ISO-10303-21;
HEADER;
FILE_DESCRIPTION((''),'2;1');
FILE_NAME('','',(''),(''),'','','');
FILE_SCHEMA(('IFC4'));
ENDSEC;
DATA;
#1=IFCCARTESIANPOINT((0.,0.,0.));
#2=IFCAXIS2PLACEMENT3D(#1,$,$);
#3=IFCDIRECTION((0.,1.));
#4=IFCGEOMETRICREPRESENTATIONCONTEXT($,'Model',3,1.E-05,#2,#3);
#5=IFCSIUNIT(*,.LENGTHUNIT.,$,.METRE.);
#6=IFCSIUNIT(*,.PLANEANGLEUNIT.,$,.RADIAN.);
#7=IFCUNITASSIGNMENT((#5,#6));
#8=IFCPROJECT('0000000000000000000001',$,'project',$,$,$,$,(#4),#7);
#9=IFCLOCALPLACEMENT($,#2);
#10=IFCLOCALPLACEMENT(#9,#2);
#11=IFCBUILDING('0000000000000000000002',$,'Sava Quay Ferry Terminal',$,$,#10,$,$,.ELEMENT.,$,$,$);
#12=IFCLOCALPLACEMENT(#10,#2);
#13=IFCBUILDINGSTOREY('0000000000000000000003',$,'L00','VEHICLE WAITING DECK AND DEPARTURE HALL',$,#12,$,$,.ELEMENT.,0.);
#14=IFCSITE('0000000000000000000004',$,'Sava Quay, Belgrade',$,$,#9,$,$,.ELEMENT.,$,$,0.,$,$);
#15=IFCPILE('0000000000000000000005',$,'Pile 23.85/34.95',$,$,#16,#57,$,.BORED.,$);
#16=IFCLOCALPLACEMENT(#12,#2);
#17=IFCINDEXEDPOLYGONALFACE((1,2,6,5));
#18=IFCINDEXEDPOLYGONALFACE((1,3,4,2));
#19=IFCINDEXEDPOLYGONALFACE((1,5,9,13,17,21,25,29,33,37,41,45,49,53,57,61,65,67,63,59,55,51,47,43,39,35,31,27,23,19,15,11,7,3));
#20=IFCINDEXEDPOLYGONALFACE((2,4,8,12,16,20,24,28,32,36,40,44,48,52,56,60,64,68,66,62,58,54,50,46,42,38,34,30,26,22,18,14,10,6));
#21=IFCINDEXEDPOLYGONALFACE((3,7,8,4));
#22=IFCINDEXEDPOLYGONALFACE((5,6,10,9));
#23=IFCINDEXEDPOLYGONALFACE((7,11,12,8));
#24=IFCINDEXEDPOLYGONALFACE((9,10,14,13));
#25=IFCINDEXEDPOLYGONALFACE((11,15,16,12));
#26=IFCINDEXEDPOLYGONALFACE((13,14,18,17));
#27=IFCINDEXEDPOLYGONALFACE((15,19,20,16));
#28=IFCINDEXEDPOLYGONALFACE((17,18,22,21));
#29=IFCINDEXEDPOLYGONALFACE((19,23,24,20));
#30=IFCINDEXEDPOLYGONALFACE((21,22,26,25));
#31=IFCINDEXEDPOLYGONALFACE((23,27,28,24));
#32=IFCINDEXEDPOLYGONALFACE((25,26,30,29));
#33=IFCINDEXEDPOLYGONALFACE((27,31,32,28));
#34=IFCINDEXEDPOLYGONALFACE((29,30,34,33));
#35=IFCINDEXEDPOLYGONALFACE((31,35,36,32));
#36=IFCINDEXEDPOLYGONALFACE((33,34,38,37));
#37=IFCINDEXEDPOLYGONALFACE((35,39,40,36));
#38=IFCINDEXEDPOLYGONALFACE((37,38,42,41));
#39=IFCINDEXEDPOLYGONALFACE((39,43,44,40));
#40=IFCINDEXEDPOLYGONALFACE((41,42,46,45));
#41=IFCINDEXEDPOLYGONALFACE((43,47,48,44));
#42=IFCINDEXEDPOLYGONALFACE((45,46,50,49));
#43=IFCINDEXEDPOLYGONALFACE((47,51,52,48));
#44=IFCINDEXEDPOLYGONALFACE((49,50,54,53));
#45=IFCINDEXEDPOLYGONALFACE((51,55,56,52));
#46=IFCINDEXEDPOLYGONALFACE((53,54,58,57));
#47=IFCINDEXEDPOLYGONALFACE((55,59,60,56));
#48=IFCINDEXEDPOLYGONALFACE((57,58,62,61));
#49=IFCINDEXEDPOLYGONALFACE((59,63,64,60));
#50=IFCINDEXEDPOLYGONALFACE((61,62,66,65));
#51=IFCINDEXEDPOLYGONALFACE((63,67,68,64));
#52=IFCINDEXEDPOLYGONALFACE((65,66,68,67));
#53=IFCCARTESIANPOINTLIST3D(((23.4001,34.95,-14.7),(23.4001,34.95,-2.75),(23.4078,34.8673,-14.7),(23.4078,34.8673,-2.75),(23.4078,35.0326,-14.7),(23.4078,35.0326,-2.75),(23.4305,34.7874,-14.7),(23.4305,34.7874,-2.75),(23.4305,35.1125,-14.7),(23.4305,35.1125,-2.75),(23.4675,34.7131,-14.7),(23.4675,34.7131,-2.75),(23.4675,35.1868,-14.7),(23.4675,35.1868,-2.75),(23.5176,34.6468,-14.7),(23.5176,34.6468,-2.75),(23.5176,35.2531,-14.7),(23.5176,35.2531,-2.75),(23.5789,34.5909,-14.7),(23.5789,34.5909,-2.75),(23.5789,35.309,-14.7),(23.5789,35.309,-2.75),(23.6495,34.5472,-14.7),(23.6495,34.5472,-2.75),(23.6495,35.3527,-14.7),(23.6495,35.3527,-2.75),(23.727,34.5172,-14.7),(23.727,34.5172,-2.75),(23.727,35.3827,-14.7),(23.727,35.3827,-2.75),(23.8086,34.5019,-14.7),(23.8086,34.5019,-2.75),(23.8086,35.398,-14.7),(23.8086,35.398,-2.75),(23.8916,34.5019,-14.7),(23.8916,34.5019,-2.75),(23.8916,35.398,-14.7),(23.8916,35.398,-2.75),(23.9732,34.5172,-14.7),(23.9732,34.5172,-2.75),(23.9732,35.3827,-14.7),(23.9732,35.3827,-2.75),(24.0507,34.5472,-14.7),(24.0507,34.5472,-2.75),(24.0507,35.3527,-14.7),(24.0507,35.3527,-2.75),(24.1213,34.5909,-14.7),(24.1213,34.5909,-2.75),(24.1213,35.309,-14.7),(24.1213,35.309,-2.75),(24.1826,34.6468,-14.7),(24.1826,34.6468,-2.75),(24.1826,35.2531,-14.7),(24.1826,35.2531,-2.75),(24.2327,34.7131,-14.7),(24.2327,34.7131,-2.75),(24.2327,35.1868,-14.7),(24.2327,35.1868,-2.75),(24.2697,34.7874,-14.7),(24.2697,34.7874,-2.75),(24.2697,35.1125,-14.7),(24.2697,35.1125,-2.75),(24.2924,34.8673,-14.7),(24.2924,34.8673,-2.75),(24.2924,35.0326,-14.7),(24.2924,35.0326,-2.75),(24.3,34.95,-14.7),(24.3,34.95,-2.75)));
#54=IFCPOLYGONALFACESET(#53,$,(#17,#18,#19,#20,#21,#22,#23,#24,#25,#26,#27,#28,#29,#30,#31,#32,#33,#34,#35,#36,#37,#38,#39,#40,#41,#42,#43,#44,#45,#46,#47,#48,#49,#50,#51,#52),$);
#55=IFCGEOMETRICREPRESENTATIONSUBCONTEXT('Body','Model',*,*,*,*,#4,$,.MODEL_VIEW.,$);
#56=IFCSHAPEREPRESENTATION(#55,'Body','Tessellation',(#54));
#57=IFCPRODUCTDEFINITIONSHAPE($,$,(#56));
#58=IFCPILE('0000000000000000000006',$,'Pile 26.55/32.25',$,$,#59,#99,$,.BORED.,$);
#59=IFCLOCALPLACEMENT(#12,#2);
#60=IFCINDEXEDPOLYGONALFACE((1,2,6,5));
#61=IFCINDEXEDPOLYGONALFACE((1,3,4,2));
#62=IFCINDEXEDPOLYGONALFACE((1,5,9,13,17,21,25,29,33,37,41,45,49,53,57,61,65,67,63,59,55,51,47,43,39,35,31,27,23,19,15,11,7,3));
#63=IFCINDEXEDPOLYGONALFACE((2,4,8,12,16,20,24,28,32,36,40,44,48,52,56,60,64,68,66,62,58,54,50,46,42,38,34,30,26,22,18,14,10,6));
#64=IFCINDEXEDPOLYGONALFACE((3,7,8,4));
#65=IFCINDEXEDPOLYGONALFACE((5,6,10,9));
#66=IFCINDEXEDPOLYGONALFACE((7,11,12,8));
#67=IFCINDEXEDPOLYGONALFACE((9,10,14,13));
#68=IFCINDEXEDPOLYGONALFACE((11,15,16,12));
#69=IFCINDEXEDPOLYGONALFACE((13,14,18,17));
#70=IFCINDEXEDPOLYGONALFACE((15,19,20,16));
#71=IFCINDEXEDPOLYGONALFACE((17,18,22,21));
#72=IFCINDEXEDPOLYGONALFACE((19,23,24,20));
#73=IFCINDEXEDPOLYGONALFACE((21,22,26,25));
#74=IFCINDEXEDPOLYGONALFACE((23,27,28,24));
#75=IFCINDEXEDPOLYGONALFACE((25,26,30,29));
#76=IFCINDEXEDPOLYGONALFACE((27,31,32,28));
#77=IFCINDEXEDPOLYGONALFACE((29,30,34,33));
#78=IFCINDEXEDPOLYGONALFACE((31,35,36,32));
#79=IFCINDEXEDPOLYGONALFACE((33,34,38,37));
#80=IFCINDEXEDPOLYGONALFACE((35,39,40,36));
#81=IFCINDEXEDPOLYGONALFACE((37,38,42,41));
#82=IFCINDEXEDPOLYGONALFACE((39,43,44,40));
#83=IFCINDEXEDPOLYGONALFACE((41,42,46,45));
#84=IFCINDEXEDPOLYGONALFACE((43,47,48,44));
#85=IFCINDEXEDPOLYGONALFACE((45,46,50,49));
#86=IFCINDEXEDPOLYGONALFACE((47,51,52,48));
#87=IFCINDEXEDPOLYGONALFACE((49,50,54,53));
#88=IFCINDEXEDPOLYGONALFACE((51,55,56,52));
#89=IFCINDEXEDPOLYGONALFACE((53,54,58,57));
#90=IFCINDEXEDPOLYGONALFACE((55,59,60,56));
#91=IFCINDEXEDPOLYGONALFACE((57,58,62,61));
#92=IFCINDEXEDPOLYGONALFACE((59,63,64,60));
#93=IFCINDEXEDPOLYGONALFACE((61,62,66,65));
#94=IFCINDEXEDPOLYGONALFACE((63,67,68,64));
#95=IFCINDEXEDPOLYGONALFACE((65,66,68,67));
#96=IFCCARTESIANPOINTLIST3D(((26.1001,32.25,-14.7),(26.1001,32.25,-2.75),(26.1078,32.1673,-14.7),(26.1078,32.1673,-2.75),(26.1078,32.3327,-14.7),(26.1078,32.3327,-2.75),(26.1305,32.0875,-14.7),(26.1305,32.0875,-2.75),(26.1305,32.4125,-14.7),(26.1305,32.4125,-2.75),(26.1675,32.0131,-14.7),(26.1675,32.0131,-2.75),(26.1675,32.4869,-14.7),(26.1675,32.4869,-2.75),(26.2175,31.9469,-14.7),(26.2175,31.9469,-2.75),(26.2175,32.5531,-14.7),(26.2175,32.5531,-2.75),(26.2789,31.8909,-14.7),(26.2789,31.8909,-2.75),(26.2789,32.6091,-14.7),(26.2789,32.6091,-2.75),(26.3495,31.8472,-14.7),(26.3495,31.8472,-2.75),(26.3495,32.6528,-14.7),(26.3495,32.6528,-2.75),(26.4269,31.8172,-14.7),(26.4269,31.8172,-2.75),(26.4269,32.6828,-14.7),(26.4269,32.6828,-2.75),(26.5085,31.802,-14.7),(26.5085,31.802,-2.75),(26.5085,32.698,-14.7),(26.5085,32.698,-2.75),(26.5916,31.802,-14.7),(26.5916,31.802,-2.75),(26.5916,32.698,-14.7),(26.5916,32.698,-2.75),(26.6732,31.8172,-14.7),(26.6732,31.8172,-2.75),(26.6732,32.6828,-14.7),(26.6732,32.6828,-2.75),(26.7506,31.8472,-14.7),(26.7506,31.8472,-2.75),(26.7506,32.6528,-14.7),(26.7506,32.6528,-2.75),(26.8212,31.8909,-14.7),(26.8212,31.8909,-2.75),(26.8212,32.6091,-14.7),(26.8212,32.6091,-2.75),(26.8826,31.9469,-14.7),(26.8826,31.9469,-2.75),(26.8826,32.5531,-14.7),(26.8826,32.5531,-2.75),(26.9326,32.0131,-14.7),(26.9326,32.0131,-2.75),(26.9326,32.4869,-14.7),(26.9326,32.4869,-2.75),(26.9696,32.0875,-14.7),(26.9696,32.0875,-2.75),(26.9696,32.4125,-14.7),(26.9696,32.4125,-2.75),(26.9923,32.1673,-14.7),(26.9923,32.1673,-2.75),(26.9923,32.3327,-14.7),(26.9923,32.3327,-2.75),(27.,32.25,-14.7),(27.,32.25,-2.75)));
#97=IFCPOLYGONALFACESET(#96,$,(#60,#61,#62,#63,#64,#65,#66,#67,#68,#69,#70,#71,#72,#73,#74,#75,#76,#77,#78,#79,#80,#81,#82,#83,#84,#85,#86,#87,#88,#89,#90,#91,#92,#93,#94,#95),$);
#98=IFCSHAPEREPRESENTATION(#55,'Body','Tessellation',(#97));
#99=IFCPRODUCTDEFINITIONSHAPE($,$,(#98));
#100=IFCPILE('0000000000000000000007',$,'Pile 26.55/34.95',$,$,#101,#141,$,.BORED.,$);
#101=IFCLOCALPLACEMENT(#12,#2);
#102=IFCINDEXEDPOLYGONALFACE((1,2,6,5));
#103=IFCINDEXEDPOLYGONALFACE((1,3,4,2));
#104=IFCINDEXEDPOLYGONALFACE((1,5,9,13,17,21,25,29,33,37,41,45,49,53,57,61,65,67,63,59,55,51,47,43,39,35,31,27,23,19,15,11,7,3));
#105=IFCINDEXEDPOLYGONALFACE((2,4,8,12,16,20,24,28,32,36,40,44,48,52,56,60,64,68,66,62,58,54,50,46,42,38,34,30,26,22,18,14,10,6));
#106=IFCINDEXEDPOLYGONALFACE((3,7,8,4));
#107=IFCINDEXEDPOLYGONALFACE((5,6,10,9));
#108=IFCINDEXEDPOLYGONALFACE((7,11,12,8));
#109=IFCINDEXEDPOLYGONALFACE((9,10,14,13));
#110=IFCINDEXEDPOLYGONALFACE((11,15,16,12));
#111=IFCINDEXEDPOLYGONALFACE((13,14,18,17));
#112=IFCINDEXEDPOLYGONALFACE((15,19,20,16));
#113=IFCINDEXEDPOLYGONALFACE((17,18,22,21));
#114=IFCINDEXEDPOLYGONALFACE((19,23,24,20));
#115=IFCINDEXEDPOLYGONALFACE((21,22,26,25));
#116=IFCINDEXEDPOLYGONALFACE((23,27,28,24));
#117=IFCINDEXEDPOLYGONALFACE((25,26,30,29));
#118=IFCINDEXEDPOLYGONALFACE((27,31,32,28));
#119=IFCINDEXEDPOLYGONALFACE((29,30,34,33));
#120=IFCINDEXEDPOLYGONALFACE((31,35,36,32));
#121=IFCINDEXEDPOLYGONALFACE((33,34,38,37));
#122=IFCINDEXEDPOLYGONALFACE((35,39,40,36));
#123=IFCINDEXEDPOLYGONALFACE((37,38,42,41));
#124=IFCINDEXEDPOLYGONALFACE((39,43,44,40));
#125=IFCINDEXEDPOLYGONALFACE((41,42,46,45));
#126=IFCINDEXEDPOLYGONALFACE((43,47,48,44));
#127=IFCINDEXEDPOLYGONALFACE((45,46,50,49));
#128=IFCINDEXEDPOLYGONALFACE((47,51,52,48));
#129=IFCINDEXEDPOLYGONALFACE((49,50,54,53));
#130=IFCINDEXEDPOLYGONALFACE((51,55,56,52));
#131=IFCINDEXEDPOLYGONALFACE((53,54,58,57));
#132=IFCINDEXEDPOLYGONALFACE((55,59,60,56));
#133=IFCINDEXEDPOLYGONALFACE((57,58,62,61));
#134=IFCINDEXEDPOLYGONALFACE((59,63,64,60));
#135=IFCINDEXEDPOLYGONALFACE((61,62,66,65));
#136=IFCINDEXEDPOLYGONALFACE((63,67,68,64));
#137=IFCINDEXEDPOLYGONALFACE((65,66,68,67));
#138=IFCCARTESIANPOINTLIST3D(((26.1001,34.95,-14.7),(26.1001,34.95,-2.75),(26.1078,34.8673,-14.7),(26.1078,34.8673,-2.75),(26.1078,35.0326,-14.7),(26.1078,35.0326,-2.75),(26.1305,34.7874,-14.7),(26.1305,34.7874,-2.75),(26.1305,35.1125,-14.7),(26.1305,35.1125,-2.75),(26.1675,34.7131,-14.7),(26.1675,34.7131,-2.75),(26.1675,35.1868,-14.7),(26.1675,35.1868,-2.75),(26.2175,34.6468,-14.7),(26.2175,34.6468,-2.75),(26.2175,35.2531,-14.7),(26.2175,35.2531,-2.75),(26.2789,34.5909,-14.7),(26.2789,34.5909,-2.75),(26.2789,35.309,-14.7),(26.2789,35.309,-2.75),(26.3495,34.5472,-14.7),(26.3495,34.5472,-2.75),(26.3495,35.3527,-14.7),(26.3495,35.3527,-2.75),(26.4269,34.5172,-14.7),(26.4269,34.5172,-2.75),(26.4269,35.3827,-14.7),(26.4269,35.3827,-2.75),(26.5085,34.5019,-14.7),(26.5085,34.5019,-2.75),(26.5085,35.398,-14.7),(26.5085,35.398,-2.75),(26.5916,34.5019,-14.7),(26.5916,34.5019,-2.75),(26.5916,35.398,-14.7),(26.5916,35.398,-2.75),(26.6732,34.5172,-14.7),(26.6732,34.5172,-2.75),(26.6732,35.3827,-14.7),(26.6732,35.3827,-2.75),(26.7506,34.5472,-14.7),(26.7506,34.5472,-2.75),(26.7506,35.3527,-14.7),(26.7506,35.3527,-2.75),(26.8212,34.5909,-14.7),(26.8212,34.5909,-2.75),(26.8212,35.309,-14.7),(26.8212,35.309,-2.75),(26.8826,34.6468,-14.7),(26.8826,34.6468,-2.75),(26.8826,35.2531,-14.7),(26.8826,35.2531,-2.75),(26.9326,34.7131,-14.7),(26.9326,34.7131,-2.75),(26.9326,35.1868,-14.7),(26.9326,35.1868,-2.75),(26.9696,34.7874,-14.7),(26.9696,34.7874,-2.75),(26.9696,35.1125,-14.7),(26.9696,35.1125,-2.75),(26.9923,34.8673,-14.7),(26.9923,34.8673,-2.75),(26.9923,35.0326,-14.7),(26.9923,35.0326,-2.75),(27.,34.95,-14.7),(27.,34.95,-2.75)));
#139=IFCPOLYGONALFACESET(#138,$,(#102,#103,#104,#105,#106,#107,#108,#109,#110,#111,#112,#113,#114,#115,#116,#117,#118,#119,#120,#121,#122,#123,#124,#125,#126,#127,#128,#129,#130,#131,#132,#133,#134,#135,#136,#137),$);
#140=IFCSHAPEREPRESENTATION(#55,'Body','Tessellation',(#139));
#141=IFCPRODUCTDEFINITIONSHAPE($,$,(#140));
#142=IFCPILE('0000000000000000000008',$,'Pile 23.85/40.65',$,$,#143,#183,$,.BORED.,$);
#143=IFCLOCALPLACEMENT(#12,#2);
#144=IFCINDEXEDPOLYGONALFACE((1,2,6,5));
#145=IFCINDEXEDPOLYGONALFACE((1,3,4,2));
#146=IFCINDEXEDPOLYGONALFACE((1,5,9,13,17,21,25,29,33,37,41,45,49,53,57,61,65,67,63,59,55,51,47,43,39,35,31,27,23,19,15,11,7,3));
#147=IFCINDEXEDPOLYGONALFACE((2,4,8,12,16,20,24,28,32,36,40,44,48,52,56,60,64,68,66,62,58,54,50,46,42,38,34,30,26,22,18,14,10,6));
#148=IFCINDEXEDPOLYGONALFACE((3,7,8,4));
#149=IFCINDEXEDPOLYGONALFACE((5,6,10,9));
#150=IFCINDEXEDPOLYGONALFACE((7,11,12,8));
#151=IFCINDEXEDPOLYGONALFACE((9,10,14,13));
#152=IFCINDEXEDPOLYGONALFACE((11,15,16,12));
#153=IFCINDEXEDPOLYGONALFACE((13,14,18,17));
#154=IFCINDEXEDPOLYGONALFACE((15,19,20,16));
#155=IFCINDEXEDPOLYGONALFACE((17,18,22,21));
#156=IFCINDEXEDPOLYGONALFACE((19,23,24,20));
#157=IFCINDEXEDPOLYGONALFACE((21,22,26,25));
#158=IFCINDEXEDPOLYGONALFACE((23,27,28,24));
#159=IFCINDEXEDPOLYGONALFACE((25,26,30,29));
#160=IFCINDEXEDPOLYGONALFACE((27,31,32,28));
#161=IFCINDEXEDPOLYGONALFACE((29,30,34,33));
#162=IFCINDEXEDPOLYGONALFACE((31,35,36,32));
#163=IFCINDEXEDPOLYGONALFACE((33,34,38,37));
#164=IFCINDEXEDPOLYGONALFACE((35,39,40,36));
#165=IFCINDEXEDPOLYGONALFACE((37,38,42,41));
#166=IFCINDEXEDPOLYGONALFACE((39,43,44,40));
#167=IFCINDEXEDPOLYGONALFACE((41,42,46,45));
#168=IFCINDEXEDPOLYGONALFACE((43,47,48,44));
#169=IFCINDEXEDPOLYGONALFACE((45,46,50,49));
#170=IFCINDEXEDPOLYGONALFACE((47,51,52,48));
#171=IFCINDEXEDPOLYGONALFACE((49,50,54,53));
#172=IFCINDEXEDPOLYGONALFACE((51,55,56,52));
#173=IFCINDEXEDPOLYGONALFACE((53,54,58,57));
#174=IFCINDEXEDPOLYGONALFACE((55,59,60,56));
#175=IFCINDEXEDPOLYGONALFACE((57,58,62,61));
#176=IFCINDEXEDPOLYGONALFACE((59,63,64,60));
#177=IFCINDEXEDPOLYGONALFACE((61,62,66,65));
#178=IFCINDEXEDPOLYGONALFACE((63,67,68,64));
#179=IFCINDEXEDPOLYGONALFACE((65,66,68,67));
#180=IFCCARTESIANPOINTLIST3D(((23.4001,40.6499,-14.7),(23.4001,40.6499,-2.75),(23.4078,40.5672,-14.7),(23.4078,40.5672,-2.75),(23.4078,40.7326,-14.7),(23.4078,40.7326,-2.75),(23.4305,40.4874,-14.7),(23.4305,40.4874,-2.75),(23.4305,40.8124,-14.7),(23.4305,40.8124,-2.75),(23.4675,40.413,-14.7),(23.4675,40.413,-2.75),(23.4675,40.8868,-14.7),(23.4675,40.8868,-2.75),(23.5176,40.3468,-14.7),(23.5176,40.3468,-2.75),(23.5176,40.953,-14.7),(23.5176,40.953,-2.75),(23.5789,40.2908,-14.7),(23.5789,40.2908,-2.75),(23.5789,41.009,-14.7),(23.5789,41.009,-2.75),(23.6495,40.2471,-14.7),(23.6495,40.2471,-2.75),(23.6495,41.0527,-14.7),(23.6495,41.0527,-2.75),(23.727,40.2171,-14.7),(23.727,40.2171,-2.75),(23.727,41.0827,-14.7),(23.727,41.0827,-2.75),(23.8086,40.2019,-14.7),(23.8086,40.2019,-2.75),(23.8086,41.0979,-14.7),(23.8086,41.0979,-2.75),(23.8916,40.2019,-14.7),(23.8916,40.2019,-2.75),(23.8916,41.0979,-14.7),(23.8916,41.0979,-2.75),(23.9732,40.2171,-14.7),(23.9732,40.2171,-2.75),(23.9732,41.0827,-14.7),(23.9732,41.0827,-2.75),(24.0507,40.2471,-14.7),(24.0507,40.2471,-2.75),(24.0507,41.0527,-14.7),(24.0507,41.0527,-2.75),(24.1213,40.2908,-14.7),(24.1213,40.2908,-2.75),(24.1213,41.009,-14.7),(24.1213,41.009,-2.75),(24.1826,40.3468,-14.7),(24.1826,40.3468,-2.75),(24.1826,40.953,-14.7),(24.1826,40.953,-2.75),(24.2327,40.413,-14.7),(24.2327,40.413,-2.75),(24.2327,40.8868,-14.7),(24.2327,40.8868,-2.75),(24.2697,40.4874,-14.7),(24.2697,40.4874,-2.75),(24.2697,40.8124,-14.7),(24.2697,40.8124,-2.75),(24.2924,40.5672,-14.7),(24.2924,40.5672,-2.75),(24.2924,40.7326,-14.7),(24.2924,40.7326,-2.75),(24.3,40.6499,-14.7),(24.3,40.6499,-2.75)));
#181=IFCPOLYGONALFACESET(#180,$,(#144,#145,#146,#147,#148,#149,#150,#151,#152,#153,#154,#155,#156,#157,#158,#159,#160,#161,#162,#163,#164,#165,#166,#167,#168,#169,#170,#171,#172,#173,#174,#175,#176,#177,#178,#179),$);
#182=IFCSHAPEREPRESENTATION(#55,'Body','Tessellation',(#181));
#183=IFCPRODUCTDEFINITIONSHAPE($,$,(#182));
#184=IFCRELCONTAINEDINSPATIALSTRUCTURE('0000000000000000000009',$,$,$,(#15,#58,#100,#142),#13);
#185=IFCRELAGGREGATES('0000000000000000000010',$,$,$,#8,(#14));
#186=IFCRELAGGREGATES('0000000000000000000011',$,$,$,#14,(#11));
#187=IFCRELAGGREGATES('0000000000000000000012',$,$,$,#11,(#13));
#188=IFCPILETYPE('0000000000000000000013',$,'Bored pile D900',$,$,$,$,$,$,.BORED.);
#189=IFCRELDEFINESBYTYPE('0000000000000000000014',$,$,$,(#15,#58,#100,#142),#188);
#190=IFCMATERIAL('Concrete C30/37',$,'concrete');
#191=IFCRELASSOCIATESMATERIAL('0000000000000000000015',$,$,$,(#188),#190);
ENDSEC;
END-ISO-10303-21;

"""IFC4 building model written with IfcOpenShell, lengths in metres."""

from ifc_helpers import new_model, si_unit, direction, frame, origin, origin_2d, place, context, subcontext, project, spatial, circle, extrude, material, material_profile, profile_set, type_object, element, save


model = new_model("IFC4")

# Units and contexts
model_context = context("Model", 3, precision=1e-05, world=origin(), true_north=direction((0.0, 1.0)))
body_context = subcontext(model_context, "Body", "Model", "MODEL_VIEW")
ifc_project = project(units=[si_unit("LENGTHUNIT", "METRE"), si_unit("PLANEANGLEUNIT", "RADIAN")], contexts=[model_context])

# Site, building, storey
site_placement = place(None, origin())
site = spatial("IfcSite", under=ifc_project, at=site_placement, Name="Sava Quay, Belgrade", CompositionType="ELEMENT", RefElevation=0.0)
building_placement = place(site_placement, origin())
building = spatial("IfcBuilding", under=site, at=building_placement, Name="Sava Quay Ferry Terminal", CompositionType="ELEMENT")
storey_placement = place(building_placement, origin())
storey = spatial("IfcBuildingStorey", under=building, at=storey_placement, Name="L00", Description="VEHICLE WAITING DECK AND DEPARTURE HALL", CompositionType="ELEMENT", Elevation=0.0)

# Piles
ifc_material_1 = material(Name="Concrete C30/37", Category="concrete")
ifc_material_profile_1 = material_profile(ifc_material_1, circle(Radius=0.45, at=origin_2d()), Name="Bored pile D900")
ifc_profile_set_1 = profile_set([ifc_material_profile_1], Name="Concrete C30/37")
pile_type = type_object("IfcPileType", Name="Bored pile D900", PredefinedType="BORED", material=ifc_profile_set_1)
for number, where, z_axis, x_axis, name in (
    (1, (23.8501, 34.95, -2.75), (0.0, 0.0, -1.0), (1.0, 0.0, 0.0), "Pile 23.85/34.95"),
    (2, (26.55, 32.25, -2.75), (0.0, 0.0, -1.0), (1.0, 0.0, 0.0), "Pile 26.55/32.25"),
    (3, (26.55, 34.95, -2.75), (0.0, 0.0, -1.0), (1.0, 0.0, 0.0), "Pile 26.55/34.95"),
    (4, (23.8501, 40.6499, -2.75), (0.0, 0.0, -1.0), (1.0, 0.0, 0.0), "Pile 23.85/40.65"),
):
    element("IfcPile", number, at=place(storey_placement, frame(where, z_axis=z_axis, x_axis=x_axis)), inside=storey, type_object=pile_type, Name=name, PredefinedType="BORED", context=body_context, shape_type="SweptSolid", body=[
        extrude(circle(Radius=0.45, at=origin_2d()), origin(), (0.0, 0.0, 1.0), 11.95),
    ])

save(model, "model.ifc")
